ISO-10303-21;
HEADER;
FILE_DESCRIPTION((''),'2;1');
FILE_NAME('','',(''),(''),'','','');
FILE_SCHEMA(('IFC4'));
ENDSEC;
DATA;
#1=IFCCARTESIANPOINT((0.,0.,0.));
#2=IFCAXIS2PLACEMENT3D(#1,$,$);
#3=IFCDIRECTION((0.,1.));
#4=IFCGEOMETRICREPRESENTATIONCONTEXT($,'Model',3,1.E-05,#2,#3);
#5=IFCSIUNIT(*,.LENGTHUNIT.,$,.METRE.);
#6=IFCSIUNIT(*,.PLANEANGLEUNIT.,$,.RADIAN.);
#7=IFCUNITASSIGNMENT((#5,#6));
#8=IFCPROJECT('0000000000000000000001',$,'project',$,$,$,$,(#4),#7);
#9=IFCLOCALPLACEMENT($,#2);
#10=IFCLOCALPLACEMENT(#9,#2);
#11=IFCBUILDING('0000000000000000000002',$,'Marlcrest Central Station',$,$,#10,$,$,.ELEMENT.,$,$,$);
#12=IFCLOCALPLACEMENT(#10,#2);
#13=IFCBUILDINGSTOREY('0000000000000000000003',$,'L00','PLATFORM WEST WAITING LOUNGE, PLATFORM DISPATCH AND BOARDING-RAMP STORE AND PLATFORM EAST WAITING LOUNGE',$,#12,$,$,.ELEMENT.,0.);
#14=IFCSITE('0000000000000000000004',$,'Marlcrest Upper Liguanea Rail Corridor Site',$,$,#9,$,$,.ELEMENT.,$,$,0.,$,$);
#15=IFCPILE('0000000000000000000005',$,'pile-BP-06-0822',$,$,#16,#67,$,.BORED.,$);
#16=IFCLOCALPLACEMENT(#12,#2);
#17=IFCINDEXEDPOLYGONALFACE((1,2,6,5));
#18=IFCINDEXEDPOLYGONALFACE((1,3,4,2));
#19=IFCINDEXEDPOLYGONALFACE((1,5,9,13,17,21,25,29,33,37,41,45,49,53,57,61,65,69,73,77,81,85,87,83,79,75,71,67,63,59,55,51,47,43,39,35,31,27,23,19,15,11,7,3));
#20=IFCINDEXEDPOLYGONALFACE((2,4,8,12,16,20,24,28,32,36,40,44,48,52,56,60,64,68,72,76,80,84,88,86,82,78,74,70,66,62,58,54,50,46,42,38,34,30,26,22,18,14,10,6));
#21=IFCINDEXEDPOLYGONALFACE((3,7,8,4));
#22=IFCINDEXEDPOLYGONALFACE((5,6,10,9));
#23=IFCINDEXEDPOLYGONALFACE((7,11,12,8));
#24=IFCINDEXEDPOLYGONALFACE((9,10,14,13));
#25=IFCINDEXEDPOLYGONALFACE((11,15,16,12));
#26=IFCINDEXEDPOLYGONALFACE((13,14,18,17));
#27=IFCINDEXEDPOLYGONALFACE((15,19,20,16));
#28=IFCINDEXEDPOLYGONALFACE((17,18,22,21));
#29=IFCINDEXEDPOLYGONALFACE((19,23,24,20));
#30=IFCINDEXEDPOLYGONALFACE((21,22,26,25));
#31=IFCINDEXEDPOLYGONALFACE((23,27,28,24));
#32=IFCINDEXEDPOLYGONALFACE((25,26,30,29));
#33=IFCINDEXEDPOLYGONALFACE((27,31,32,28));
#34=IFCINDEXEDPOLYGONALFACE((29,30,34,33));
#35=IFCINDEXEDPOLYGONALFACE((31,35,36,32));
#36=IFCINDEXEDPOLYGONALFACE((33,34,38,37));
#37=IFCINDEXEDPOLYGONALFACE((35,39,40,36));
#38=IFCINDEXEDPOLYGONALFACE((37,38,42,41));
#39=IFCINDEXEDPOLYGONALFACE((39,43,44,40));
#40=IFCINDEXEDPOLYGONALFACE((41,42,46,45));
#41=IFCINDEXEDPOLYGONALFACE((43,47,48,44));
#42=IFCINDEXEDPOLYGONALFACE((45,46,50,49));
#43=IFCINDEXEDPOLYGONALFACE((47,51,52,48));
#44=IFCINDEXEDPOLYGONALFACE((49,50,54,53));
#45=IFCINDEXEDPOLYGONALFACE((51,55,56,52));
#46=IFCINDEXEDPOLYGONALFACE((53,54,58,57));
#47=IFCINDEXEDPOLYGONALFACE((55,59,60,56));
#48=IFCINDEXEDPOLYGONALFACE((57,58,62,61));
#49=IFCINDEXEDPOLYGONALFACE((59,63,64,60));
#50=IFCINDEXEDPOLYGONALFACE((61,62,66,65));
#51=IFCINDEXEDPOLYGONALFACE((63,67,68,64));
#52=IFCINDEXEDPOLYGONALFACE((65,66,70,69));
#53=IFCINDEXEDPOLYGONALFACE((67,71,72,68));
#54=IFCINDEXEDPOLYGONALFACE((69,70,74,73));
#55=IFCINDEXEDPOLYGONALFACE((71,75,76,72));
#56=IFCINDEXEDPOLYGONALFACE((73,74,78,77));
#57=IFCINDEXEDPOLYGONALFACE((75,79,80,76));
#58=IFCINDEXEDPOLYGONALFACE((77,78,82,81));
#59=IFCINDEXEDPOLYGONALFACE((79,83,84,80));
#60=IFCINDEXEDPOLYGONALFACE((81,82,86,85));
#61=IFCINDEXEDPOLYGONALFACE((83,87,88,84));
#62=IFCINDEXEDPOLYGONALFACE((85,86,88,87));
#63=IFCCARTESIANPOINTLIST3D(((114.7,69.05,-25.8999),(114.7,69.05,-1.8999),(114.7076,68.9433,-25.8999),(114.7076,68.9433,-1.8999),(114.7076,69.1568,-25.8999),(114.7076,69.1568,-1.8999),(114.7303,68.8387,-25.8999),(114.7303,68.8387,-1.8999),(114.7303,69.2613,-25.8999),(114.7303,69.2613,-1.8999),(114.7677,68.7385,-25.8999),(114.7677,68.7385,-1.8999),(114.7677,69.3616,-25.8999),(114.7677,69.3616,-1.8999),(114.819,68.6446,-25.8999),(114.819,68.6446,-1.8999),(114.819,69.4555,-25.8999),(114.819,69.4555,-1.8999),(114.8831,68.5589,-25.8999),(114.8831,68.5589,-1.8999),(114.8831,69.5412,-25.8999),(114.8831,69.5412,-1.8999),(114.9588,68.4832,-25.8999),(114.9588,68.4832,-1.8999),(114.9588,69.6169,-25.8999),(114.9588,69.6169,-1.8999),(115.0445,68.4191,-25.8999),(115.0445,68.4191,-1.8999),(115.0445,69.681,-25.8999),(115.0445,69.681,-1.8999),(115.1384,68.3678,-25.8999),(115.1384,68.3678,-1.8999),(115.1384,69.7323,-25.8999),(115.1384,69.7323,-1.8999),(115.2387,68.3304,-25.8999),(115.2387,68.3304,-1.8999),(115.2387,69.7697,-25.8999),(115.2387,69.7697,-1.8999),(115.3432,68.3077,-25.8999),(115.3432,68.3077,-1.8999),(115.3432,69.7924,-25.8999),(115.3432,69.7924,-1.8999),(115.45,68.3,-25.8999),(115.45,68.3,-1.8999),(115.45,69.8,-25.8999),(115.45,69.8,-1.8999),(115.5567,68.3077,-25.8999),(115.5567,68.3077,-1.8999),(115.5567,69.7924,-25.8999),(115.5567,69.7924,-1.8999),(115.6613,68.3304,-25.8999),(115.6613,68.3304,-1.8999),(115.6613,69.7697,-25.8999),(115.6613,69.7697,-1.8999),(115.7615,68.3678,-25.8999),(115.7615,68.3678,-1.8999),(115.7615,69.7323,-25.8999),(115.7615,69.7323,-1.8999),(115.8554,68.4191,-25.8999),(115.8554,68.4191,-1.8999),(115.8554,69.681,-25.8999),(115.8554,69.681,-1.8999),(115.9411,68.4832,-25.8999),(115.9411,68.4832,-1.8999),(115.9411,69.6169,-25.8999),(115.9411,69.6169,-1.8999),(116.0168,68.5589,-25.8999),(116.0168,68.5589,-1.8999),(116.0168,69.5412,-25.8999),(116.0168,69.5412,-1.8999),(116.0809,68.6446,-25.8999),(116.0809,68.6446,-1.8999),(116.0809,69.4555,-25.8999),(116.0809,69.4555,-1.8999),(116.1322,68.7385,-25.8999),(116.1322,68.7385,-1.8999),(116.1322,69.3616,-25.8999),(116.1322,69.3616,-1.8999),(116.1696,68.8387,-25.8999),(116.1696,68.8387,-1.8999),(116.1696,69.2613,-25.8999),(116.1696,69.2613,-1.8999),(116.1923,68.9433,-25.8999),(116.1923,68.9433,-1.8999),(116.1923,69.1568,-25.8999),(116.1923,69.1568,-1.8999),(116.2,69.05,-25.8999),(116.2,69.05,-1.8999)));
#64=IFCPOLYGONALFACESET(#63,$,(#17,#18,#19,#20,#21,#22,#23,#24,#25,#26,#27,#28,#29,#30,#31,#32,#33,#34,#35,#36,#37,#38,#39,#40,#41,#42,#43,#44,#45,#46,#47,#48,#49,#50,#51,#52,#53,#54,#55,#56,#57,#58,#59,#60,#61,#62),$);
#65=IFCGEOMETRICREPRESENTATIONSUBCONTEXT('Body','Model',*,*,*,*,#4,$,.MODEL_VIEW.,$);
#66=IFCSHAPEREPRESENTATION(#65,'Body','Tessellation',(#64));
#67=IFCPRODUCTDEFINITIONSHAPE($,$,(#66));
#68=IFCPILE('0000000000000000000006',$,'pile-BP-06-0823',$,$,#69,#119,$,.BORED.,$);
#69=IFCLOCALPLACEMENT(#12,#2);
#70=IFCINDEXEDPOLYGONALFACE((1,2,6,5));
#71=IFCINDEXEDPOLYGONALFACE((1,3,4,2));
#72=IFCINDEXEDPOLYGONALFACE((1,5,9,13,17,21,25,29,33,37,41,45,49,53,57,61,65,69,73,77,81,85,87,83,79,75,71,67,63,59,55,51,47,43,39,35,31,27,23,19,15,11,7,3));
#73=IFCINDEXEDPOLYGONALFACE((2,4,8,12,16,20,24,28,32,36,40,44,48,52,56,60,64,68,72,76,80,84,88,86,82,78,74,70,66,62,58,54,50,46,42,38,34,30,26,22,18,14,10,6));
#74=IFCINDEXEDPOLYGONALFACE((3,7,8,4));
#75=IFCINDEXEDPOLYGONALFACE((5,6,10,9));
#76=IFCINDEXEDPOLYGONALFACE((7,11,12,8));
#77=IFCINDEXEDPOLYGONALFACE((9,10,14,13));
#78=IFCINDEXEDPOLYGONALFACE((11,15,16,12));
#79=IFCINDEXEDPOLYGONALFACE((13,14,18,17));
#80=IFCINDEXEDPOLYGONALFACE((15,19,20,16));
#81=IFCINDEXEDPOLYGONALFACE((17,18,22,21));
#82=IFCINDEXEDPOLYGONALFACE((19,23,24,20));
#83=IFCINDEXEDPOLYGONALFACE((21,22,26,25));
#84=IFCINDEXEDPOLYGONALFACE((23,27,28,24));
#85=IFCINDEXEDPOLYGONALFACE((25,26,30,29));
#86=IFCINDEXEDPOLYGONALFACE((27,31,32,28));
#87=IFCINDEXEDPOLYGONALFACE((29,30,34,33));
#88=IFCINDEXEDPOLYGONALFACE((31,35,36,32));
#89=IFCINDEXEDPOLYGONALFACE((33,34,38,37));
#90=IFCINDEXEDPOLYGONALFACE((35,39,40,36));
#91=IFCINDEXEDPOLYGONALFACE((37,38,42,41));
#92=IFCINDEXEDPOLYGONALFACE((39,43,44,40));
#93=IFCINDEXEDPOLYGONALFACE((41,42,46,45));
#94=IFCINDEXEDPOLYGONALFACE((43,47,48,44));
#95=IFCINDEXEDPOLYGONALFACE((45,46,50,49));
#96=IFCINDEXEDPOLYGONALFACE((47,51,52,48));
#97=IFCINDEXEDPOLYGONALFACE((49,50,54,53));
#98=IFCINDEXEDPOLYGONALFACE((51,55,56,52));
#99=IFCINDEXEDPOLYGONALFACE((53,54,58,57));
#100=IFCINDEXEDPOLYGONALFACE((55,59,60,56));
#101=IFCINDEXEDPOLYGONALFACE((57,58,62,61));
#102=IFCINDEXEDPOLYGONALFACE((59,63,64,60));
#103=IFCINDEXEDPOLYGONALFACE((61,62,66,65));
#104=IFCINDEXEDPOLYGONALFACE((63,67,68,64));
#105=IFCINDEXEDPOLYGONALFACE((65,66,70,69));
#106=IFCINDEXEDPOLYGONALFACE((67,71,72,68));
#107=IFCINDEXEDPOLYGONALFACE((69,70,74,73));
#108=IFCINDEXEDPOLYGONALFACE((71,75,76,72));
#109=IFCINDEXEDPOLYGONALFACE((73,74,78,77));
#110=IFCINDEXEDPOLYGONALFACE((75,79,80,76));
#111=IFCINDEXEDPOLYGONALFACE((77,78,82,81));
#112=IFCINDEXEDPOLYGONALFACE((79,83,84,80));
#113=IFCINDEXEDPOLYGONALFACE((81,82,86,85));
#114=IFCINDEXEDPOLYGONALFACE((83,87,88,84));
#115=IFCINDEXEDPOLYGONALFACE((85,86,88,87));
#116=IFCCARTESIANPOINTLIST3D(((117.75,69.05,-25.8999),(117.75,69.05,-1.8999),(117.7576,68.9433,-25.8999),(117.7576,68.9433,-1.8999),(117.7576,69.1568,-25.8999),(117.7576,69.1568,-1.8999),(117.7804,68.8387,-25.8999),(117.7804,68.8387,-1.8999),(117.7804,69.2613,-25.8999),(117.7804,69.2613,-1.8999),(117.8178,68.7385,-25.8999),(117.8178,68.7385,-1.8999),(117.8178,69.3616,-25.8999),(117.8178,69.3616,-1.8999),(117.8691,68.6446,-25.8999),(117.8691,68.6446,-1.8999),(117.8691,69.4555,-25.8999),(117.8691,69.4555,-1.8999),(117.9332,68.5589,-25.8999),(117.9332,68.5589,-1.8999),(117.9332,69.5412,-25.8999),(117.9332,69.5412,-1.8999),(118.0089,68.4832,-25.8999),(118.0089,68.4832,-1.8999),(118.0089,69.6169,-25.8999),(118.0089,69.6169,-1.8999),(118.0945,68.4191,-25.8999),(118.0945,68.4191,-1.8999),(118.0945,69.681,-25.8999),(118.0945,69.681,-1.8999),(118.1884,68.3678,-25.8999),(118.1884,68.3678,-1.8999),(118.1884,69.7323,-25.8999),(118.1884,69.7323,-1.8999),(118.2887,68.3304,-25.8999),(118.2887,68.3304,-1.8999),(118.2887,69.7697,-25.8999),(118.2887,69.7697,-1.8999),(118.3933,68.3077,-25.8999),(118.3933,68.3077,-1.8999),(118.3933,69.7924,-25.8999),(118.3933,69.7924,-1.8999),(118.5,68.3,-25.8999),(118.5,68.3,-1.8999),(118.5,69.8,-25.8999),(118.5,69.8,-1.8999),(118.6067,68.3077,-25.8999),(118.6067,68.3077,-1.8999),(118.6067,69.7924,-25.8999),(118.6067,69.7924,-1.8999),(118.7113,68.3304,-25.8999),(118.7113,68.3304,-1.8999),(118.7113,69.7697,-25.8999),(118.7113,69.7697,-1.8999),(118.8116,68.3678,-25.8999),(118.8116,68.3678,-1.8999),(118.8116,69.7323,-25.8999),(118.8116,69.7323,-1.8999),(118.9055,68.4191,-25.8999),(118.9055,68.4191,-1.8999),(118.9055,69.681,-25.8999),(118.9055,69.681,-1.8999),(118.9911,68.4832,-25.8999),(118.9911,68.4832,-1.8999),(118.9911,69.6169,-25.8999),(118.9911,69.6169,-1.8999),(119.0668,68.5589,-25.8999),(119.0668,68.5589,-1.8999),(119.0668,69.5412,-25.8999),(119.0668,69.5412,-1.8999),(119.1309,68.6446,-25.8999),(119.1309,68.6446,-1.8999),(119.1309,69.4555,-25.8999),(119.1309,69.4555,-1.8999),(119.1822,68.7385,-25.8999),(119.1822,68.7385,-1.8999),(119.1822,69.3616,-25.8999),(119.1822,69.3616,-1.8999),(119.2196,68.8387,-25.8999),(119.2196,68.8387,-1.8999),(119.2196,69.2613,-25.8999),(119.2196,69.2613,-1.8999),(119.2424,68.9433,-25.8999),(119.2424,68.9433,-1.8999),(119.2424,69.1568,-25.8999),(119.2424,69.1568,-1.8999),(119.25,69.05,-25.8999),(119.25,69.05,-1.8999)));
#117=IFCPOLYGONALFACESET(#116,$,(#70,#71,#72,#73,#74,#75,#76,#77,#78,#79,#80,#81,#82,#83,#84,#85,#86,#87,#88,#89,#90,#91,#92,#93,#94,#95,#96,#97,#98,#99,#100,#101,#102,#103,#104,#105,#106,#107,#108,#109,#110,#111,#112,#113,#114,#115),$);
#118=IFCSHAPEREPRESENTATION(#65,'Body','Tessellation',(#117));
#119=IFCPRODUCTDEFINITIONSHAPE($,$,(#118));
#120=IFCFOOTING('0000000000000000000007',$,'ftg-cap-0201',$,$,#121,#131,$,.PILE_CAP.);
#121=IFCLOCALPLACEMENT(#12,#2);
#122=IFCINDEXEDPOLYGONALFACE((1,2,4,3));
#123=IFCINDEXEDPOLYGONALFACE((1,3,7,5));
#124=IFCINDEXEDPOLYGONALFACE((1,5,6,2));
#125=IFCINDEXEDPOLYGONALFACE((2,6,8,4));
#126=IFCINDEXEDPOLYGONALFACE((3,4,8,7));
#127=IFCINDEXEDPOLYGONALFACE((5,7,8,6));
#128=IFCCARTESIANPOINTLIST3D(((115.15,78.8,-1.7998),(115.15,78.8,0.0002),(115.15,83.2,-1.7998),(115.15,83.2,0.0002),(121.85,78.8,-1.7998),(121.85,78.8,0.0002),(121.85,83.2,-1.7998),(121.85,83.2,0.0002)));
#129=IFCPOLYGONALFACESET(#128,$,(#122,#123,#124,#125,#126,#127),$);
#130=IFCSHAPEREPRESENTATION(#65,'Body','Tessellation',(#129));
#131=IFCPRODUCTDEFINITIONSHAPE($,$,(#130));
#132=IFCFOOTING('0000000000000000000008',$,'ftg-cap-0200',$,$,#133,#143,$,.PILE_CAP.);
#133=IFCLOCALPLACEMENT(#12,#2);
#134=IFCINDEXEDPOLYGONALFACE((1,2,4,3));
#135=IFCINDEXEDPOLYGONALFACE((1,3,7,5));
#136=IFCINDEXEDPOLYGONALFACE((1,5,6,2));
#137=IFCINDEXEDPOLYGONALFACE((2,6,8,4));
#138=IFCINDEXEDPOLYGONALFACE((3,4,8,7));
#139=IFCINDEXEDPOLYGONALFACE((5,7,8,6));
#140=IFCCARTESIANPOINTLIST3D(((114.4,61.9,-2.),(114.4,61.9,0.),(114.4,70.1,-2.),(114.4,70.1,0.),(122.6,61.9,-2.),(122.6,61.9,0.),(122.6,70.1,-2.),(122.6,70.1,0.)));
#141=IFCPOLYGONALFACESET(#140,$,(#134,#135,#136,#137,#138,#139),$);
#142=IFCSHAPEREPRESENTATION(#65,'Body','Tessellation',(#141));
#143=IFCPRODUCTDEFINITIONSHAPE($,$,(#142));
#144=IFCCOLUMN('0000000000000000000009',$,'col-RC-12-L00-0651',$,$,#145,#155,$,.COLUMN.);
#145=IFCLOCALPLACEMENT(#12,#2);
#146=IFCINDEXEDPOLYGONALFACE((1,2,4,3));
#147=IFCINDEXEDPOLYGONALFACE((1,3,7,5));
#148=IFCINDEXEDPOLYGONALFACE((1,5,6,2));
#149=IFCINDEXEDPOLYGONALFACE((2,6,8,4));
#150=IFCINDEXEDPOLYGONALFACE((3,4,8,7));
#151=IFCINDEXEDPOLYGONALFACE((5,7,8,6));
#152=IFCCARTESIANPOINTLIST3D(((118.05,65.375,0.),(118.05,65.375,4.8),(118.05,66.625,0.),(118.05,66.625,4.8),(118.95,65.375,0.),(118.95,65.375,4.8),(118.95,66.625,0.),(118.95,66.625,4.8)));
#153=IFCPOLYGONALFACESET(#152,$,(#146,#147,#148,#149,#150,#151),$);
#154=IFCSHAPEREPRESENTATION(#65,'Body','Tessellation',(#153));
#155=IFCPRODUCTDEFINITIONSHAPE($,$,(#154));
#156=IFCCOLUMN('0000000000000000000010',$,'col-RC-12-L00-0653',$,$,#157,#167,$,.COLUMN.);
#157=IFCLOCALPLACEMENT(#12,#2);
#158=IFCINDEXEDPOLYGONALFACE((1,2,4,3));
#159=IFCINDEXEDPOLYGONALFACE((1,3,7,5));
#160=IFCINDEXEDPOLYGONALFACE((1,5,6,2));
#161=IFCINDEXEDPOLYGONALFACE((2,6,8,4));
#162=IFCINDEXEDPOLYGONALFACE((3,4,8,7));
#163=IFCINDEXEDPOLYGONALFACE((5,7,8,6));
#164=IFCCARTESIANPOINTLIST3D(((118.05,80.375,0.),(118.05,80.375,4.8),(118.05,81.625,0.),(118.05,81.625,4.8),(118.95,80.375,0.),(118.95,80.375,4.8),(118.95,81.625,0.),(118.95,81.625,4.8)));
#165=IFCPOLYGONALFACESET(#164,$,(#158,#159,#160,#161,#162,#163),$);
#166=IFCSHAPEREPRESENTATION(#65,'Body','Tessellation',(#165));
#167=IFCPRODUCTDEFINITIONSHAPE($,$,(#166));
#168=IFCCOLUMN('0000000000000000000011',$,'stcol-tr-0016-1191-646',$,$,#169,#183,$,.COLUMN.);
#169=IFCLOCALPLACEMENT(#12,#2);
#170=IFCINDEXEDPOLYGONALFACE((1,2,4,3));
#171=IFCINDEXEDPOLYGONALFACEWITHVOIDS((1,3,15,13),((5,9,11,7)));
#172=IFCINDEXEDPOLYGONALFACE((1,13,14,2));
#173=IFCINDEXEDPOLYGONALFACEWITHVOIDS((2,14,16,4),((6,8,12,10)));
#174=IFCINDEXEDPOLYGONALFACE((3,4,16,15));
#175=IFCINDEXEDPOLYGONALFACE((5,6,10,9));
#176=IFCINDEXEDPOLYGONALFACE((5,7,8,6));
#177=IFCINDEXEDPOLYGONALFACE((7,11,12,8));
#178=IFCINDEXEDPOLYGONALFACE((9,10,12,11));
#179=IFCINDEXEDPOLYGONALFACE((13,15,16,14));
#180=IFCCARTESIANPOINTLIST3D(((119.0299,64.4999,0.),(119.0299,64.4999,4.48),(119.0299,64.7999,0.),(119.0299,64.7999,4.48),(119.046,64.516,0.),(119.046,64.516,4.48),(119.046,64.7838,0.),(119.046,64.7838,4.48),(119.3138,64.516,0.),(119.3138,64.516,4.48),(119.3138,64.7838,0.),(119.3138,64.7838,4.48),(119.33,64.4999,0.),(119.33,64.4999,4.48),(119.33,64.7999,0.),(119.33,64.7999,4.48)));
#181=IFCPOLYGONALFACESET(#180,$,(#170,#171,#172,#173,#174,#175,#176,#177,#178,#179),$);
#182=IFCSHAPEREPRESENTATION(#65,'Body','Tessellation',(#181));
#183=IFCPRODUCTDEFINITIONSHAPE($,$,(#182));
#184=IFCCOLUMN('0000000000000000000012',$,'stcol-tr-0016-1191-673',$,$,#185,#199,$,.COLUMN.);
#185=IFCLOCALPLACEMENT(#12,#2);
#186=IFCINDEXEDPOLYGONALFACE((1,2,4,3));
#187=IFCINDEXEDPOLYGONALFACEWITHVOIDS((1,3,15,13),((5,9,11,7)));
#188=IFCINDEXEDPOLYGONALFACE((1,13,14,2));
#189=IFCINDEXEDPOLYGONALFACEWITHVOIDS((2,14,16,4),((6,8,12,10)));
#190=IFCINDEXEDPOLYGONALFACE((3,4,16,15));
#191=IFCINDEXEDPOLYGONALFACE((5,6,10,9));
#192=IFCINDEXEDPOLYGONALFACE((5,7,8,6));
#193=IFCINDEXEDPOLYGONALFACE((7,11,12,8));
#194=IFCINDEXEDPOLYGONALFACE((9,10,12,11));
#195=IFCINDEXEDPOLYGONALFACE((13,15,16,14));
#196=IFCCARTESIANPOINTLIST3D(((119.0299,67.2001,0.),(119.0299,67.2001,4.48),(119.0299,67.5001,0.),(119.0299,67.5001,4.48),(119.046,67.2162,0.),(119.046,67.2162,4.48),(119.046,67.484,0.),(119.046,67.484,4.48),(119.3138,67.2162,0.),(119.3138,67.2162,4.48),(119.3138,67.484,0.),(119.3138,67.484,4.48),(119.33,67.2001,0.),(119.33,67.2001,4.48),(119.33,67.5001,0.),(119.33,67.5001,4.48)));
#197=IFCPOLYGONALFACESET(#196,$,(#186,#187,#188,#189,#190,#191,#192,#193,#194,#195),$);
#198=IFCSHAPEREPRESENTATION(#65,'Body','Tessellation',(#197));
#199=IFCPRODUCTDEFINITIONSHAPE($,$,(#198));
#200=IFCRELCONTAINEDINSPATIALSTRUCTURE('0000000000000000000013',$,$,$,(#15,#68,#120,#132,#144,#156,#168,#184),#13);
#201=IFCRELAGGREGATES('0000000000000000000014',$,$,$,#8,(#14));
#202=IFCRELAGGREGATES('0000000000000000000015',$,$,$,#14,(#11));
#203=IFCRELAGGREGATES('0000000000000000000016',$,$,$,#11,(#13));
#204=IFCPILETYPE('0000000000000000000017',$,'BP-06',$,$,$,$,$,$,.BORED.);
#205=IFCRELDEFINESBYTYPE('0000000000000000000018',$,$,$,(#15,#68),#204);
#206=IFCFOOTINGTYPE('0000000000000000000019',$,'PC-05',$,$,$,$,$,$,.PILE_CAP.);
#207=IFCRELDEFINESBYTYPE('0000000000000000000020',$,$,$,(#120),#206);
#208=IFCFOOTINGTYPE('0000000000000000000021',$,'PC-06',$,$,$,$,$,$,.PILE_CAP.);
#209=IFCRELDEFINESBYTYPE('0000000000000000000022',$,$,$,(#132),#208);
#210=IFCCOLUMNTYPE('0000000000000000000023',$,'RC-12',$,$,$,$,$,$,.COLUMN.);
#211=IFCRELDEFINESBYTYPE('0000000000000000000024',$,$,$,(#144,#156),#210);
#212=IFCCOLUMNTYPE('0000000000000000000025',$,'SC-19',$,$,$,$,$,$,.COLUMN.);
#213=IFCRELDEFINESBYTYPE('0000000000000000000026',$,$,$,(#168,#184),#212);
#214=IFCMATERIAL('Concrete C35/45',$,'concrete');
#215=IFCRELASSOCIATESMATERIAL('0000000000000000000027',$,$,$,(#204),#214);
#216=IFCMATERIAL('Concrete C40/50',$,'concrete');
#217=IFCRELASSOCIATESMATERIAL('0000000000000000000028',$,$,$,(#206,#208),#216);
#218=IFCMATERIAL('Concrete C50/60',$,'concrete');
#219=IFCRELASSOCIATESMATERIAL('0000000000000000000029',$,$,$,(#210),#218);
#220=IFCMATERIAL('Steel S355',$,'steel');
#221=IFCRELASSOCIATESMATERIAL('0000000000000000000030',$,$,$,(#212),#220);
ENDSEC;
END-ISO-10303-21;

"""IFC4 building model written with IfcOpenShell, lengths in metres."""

from ifc_helpers import new_model, si_unit, direction, frame, origin, origin_2d, place, context, subcontext, project, spatial, rectangle, hollow_rectangle, circle, extrude, material, material_profile, profile_set, type_object, element, save


model = new_model("IFC4")

# Units and contexts
model_context = context("Model", 3, precision=1e-05, world=origin(), true_north=direction((0.0, 1.0)))
body_context = subcontext(model_context, "Body", "Model", "MODEL_VIEW")
ifc_project = project(units=[si_unit("LENGTHUNIT", "METRE"), si_unit("PLANEANGLEUNIT", "RADIAN")], contexts=[model_context])

# Site, building, storey
site_placement = place(None, origin())
site = spatial("IfcSite", under=ifc_project, at=site_placement, Name="Marlcrest Upper Liguanea Rail Corridor Site", CompositionType="ELEMENT", RefElevation=0.0)
building_placement = place(site_placement, origin())
building = spatial("IfcBuilding", under=site, at=building_placement, Name="Marlcrest Central Station", CompositionType="ELEMENT")
storey_placement = place(building_placement, origin())
storey = spatial("IfcBuildingStorey", under=building, at=storey_placement, Name="L00", Description="PLATFORM WEST WAITING LOUNGE, PLATFORM DISPATCH AND BOARDING-RAMP STORE AND PLATFORM EAST WAITING LOUNGE", CompositionType="ELEMENT", Elevation=0.0)

# Piles
ifc_material_1 = material(Name="Concrete C35/45", Category="concrete")
ifc_material_profile_1 = material_profile(ifc_material_1, circle(Radius=0.75, at=origin_2d()), Name="PILE D1500")
ifc_profile_set_1 = profile_set([ifc_material_profile_1], Name="Concrete C35/45")
pile_type_1 = type_object("IfcPileType", Name="BP-06", PredefinedType="BORED", material=ifc_profile_set_1)
for number, where, z_axis, x_axis, name in (
    (1, (115.45, 69.05, -1.8999), (0.0, 0.0, -1.0), (1.0, 0.0, 0.0), "pile-BP-06-0822"),
    (2, (118.5, 69.05, -1.8999), (0.0, 0.0, -1.0), (1.0, 0.0, 0.0), "pile-BP-06-0823"),
):
    element("IfcPile", number, at=place(storey_placement, frame(where, z_axis=z_axis, x_axis=x_axis)), inside=storey, type_object=pile_type_1, Name=name, PredefinedType="BORED", context=body_context, shape_type="SweptSolid", body=[
        extrude(circle(Radius=0.75, at=origin_2d()), origin(), (0.0, 0.0, 1.0), 24.0),
    ])

# Footings
ifc_material_2 = material(Name="Concrete C40/50", Category="concrete")
footing_type_1 = type_object("IfcFootingType", Name="PC-05", PredefinedType="PILE_CAP", material=ifc_material_2)
footing_1_placement = place(storey_placement, frame((118.5, 81.0, -1.7998), z_axis=(0.0, 0.0, 1.0), x_axis=(1.0, 0.0, 0.0)))
element("IfcFooting", 3, at=footing_1_placement, inside=storey, type_object=footing_type_1, Name="ftg-cap-0201", PredefinedType="PILE_CAP", context=body_context, shape_type="SweptSolid", body=[
    extrude(rectangle(XDim=6.7, YDim=4.3999, at=origin_2d()), origin(), (0.0, 0.0, 1.0), 1.8),
])
footing_type_2 = type_object("IfcFootingType", Name="PC-06", PredefinedType="PILE_CAP", material=ifc_material_2)
footing_2_placement = place(storey_placement, frame((118.5, 66.0, -2.0), z_axis=(0.0, 0.0, 1.0), x_axis=(1.0, 0.0, 0.0)))
element("IfcFooting", 4, at=footing_2_placement, inside=storey, type_object=footing_type_2, Name="ftg-cap-0200", PredefinedType="PILE_CAP", context=body_context, shape_type="SweptSolid", body=[
    extrude(rectangle(XDim=8.2, YDim=8.2, at=origin_2d()), origin(), (0.0, 0.0, 1.0), 2.0),
])

# Columns
ifc_material_3 = material(Name="Concrete C50/60", Category="concrete")
ifc_material_profile_2 = material_profile(ifc_material_3, rectangle(XDim=0.8999, YDim=1.25, at=origin_2d()), Name="RC 900x1250")
ifc_profile_set_2 = profile_set([ifc_material_profile_2], Name="Concrete C50/60")
column_type_1 = type_object("IfcColumnType", Name="RC-12", PredefinedType="COLUMN", material=ifc_profile_set_2)
for number, where, z_axis, x_axis, name in (
    (5, (118.5, 66.0, 0.0), (0.0, 0.0, 1.0), (1.0, 0.0, 0.0), "col-RC-12-L00-0651"),
    (6, (118.5, 81.0, 0.0), (0.0, 0.0, 1.0), (1.0, 0.0, 0.0), "col-RC-12-L00-0653"),
):
    element("IfcColumn", number, at=place(storey_placement, frame(where, z_axis=z_axis, x_axis=x_axis)), inside=storey, type_object=column_type_1, Name=name, PredefinedType="COLUMN", context=body_context, shape_type="SweptSolid", body=[
        extrude(rectangle(XDim=0.8999, YDim=1.25, at=origin_2d()), origin(), (0.0, 0.0, 1.0), 4.8),
    ])
ifc_material_4 = material(Name="Steel S355", Category="steel")
ifc_material_profile_3 = material_profile(ifc_material_4, hollow_rectangle(XDim=0.3, YDim=0.3, WallThickness=0.0161, at=origin_2d()), Name="SHS 300x300x16")
ifc_profile_set_3 = profile_set([ifc_material_profile_3], Name="Steel S355")
column_type_2 = type_object("IfcColumnType", Name="SC-19", PredefinedType="COLUMN", material=ifc_profile_set_3)
for number, where, z_axis, x_axis, name in (
    (7, (119.1799, 64.6499, 0.0), (0.0, 0.0, 1.0), (1.0, 0.0, 0.0), "stcol-tr-0016-1191-646"),
    (8, (119.1799, 67.3501, 0.0), (0.0, 0.0, 1.0), (1.0, 0.0, 0.0), "stcol-tr-0016-1191-673"),
):
    element("IfcColumn", number, at=place(storey_placement, frame(where, z_axis=z_axis, x_axis=x_axis)), inside=storey, type_object=column_type_2, Name=name, PredefinedType="COLUMN", context=body_context, shape_type="SweptSolid", body=[
        extrude(hollow_rectangle(XDim=0.3, YDim=0.3, WallThickness=0.0161, at=origin_2d()), origin(), (0.0, 0.0, 1.0), 4.48),
    ])

save(model, "model.ifc")
